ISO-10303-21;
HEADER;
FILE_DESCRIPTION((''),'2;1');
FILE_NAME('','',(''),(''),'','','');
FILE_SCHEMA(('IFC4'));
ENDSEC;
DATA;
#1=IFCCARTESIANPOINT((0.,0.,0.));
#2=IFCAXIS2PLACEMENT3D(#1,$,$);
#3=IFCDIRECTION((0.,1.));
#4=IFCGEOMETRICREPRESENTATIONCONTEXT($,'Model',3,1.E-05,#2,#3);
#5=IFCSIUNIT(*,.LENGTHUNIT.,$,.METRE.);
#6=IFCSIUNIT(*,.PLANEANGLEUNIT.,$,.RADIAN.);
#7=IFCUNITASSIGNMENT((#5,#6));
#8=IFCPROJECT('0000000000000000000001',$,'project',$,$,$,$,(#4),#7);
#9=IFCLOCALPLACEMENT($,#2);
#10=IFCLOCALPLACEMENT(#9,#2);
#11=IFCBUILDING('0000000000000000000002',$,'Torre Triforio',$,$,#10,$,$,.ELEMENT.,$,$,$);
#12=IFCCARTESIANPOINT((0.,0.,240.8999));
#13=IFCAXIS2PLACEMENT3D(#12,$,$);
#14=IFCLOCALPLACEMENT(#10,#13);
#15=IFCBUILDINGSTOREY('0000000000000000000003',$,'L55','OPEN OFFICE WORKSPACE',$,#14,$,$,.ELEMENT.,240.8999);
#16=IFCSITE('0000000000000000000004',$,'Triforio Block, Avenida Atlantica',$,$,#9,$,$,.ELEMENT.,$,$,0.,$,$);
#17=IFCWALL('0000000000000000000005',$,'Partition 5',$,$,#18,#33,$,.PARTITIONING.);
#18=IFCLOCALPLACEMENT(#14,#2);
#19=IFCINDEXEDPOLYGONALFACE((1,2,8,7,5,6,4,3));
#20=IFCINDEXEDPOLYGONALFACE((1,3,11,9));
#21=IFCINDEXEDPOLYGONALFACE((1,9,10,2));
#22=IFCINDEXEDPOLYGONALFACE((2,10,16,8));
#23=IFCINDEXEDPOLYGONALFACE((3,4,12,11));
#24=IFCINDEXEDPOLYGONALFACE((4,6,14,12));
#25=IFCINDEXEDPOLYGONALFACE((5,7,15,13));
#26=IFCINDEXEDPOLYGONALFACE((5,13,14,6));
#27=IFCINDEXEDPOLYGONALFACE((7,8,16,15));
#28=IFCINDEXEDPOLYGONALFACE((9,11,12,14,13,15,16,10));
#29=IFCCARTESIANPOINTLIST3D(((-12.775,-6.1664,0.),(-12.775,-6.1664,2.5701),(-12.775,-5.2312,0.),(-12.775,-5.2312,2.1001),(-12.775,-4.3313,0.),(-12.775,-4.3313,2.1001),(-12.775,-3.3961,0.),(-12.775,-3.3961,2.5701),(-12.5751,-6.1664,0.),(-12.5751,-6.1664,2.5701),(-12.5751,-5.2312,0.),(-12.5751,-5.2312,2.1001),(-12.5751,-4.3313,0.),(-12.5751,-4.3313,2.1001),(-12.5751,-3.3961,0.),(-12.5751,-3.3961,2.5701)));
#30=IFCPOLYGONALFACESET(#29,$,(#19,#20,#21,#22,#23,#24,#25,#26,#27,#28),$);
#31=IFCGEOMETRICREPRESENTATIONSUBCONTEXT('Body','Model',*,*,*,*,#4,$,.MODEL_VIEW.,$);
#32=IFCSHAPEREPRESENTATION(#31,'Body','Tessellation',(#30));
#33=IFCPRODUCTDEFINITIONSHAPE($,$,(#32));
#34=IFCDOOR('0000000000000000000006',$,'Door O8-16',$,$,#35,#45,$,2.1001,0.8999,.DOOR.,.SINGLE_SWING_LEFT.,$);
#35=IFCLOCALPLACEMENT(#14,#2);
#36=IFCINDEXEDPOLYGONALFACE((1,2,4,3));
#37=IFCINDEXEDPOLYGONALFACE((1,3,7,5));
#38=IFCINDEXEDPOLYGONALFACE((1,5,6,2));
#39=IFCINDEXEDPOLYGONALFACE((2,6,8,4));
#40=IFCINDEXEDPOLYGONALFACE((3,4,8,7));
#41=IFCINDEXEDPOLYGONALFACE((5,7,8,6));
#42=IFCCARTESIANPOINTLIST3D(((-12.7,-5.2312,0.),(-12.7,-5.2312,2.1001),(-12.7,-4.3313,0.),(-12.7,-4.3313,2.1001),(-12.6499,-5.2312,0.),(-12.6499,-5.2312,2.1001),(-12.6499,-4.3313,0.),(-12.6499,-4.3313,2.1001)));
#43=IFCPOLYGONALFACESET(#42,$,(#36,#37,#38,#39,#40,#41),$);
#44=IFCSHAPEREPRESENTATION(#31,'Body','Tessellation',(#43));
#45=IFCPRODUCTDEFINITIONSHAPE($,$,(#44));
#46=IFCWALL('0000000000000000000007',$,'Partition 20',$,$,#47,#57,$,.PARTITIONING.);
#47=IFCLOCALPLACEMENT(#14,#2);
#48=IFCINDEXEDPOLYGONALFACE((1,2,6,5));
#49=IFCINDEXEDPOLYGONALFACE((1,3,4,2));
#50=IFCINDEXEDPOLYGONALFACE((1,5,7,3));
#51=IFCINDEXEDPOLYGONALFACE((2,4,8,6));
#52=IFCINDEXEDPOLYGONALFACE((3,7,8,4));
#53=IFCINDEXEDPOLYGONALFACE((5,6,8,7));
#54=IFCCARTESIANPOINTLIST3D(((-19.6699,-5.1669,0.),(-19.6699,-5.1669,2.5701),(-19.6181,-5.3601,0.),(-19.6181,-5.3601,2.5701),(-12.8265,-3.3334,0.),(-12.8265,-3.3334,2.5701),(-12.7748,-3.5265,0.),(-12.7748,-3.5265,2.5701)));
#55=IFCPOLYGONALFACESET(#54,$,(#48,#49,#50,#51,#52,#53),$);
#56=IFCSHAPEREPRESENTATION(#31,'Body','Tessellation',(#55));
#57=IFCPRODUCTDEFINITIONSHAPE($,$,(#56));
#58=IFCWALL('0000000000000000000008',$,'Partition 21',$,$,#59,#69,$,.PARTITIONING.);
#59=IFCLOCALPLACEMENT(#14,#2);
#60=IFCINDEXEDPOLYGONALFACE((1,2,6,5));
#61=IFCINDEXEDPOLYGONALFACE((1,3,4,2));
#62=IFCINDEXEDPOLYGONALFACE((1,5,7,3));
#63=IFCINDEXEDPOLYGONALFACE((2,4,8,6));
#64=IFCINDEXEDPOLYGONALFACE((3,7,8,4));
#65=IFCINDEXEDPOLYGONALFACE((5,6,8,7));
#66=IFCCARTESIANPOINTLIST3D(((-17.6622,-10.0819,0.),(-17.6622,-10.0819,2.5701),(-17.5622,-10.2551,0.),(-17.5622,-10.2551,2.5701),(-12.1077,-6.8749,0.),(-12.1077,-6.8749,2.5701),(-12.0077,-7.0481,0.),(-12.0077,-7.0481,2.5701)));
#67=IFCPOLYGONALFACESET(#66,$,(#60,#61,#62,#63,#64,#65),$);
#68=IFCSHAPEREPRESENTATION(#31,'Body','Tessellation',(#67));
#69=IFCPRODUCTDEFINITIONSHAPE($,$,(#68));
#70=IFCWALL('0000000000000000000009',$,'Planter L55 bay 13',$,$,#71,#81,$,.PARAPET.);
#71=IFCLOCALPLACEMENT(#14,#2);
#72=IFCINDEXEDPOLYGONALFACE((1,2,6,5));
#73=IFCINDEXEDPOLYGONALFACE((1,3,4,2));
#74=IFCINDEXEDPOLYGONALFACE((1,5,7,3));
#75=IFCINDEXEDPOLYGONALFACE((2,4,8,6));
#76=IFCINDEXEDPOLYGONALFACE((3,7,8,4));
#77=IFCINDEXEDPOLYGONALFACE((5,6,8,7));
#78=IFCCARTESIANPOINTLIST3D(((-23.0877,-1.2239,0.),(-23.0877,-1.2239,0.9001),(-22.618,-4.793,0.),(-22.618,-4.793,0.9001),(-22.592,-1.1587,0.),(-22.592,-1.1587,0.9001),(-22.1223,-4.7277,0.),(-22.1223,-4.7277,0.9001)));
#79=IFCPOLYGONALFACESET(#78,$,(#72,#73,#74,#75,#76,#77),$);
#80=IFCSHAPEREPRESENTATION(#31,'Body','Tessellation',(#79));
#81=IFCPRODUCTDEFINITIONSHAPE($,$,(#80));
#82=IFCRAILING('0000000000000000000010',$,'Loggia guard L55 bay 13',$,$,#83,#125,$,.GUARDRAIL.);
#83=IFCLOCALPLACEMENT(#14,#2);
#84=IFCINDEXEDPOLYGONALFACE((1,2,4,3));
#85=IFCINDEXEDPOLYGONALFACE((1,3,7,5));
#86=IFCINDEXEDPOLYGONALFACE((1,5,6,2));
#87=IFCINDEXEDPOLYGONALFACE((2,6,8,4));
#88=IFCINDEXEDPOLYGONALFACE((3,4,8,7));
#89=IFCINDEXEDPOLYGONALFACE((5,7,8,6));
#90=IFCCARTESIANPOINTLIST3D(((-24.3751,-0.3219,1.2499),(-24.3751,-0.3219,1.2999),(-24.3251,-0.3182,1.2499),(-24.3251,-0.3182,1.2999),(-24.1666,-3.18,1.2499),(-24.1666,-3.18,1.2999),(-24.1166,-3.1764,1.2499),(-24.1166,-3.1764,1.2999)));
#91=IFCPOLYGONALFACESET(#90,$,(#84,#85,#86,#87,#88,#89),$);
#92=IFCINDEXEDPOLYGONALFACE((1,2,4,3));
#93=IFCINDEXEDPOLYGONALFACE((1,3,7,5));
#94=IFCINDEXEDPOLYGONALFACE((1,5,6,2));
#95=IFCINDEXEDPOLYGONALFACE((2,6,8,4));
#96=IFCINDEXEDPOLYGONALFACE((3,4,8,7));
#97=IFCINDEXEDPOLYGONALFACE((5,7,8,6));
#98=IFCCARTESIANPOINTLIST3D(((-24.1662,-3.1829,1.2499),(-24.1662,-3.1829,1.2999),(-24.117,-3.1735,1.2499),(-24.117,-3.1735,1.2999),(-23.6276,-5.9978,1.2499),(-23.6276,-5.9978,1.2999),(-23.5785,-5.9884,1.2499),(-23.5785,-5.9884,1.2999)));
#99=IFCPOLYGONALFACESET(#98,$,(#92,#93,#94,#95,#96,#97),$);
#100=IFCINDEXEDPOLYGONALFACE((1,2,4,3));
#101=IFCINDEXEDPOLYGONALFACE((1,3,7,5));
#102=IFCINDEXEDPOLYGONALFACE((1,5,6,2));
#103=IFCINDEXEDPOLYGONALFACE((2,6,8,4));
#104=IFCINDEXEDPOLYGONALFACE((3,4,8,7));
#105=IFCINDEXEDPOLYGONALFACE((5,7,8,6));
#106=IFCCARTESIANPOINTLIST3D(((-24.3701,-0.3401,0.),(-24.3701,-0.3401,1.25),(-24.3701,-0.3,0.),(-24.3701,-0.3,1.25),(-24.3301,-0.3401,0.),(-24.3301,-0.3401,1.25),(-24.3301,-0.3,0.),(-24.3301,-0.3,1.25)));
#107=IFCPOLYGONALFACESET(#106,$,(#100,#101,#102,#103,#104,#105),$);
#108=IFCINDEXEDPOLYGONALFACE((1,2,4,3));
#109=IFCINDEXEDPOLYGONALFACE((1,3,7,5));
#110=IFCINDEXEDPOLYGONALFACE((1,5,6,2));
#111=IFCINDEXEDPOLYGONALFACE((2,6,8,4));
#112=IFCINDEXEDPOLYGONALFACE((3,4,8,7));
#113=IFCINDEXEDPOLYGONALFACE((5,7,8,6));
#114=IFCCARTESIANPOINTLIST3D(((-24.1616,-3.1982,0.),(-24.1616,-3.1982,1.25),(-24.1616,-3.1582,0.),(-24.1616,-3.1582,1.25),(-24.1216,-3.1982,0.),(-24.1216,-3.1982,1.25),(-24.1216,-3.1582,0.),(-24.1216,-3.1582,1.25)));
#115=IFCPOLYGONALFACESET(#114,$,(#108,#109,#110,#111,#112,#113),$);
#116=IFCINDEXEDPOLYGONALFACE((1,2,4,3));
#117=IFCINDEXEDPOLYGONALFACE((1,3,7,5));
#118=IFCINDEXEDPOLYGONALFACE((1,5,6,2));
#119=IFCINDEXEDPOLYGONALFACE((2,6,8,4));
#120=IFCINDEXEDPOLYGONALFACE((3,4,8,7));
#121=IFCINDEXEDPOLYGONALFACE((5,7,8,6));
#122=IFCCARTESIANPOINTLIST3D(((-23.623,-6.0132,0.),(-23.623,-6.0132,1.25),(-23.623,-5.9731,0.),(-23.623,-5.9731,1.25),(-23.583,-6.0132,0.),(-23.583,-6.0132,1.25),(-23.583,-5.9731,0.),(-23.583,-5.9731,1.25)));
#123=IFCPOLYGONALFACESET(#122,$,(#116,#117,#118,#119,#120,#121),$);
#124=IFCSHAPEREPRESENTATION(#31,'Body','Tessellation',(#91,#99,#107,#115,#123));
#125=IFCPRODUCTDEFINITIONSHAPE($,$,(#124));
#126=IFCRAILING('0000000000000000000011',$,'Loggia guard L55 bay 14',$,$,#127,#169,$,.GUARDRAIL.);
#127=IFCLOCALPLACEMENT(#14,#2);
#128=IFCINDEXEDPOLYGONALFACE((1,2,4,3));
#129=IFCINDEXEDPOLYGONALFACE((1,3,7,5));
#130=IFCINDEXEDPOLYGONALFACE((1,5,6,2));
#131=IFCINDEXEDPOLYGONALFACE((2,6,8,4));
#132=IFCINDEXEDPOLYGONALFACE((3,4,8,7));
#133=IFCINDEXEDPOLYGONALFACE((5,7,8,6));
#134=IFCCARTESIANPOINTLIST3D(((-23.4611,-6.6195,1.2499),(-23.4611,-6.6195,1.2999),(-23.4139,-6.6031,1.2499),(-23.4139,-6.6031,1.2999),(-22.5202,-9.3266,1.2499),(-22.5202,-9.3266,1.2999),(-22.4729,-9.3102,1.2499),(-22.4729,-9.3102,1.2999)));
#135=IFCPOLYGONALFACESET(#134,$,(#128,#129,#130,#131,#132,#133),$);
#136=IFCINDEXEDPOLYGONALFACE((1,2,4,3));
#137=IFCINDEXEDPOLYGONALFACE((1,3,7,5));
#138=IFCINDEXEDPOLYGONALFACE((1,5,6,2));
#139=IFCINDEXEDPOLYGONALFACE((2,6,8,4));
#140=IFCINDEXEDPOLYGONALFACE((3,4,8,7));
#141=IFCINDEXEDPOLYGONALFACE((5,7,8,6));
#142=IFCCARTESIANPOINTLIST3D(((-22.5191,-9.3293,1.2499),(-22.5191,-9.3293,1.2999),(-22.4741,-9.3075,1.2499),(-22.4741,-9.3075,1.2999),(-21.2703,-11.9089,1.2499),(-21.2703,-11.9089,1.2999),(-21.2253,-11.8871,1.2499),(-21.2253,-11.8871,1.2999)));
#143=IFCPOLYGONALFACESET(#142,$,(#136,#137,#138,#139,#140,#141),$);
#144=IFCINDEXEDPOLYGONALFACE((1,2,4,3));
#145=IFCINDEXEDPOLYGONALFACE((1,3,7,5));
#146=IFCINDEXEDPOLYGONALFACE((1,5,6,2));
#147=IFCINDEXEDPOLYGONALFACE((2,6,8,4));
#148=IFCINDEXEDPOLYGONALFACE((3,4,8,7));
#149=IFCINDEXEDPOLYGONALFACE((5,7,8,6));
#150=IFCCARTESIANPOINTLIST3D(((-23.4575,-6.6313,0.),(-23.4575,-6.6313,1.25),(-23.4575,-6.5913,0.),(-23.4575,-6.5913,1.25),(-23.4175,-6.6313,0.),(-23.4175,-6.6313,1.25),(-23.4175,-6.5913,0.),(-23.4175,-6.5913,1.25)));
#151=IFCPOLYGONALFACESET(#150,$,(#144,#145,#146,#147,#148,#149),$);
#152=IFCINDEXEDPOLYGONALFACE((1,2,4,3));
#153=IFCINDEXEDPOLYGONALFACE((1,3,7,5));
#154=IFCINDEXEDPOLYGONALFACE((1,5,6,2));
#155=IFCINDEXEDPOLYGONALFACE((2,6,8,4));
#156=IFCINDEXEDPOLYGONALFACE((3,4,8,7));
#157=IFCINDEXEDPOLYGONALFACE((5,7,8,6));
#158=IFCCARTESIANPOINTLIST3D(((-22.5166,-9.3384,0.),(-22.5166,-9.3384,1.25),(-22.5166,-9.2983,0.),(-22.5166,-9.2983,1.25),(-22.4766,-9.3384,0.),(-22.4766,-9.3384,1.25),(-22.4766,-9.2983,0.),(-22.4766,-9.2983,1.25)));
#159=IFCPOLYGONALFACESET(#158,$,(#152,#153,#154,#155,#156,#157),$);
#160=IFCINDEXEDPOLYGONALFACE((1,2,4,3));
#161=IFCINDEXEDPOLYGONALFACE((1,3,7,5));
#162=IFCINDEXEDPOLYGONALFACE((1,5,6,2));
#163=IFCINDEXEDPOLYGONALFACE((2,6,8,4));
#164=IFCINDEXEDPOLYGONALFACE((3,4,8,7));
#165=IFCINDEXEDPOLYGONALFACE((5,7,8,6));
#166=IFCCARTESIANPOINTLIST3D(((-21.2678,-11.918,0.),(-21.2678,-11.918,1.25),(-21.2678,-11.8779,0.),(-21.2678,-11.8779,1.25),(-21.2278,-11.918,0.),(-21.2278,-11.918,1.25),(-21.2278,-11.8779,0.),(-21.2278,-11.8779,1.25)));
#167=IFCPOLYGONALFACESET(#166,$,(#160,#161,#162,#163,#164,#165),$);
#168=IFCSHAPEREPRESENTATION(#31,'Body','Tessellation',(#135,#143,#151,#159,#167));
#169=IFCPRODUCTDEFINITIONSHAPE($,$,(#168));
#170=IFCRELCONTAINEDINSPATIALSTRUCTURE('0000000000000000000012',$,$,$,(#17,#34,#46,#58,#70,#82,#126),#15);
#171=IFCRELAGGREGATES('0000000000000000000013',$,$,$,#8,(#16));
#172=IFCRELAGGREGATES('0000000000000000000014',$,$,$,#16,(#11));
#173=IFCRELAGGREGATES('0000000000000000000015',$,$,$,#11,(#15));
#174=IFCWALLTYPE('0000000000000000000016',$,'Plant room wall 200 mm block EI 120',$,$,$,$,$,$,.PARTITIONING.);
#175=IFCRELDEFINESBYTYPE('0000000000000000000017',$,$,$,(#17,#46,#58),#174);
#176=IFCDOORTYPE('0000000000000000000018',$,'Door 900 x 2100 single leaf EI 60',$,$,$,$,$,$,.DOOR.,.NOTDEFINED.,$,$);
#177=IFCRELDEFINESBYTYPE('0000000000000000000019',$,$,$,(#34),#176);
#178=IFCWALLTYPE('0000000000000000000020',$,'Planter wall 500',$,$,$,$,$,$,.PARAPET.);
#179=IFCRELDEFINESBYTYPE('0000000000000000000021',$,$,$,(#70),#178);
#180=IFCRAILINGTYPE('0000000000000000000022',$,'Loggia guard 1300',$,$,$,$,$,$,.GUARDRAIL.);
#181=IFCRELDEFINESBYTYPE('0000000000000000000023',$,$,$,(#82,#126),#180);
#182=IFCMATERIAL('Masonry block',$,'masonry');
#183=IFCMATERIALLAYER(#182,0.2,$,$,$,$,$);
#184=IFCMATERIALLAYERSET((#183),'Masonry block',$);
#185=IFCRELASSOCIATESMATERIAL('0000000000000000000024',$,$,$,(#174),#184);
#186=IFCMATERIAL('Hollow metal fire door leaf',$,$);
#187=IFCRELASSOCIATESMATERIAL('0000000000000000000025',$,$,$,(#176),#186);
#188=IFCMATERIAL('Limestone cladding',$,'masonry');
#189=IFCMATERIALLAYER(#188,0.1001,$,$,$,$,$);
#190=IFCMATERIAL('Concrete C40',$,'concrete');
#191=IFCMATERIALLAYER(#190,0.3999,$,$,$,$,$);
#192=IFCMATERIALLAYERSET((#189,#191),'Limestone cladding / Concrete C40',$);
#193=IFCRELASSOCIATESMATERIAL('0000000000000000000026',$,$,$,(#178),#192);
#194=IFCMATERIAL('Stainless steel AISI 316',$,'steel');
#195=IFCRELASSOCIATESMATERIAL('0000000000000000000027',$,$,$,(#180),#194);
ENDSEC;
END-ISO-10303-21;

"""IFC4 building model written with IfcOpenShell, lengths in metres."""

from ifc_helpers import new_model, si_unit, direction, frame, frame_2d, origin, origin_2d, place, context, subcontext, project, spatial, rectangle, extrude, material, layer, layer_set, type_object, element, fill, save


model = new_model("IFC4")

# Units and contexts
model_context = context("Model", 3, precision=1e-05, world=origin(), true_north=direction((0.0, 1.0)))
body_context = subcontext(model_context, "Body", "Model", "MODEL_VIEW")
ifc_project = project(units=[si_unit("LENGTHUNIT", "METRE"), si_unit("PLANEANGLEUNIT", "RADIAN")], contexts=[model_context])

# Site, building, storey
site_placement = place(None, origin())
site = spatial("IfcSite", under=ifc_project, at=site_placement, Name="Triforio Block, Avenida Atlantica", CompositionType="ELEMENT", RefElevation=0.0)
building_placement = place(site_placement, origin())
building = spatial("IfcBuilding", under=site, at=building_placement, Name="Torre Triforio", CompositionType="ELEMENT")
storey_placement = place(building_placement, frame((0.0, 0.0, 240.8999)))
storey = spatial("IfcBuildingStorey", under=building, at=storey_placement, Name="L55", Description="OPEN OFFICE WORKSPACE", CompositionType="ELEMENT", Elevation=240.8999)

# Shared definitions
ifc_material_1 = material(Name="Concrete C40", Category="concrete")

# Shared definitions
ifc_material_2 = material(Name="Hollow metal fire door leaf")

# Shared definitions
ifc_material_3 = material(Name="Masonry block", Category="masonry")
ifc_layer_1 = layer(ifc_material_3, 0.2)
ifc_layer_set_1 = layer_set([ifc_layer_1], Name="Masonry block")
wall_type_1 = type_object("IfcWallType", Name="Plant room wall 200 mm block EI 120", PredefinedType="PARTITIONING", material=ifc_layer_set_1)

# Wall, opening, door
wall_1_placement = place(storey_placement, frame((-12.675, -6.1665, 0.0), z_axis=(0.0, 0.0, 1.0), x_axis=(0.0, 1.0, 0.0)))
wall_1 = element("IfcWall", 1, at=wall_1_placement, inside=storey, type_object=wall_type_1, Name="Partition 5", PredefinedType="PARTITIONING", context=body_context, shape_type="SweptSolid", body=[
    extrude(rectangle(XDim=2.7703, YDim=0.2, at=frame_2d((1.3853, 0.0))), origin(), (0.0, 0.0, 1.0), 2.5701),
])
opening_1_placement = place(wall_1_placement, frame((0.9353, 0.0, 0.0)))
opening_1 = element("IfcOpeningElement", 2, at=opening_1_placement, cuts=wall_1, PredefinedType="OPENING", context=body_context, shape_type="SweptSolid", body=[
    extrude(rectangle(XDim=0.8999, YDim=2.1001, at=frame_2d((0.45, 1.05))), frame((0.0, 0.1099, 0.0), z_axis=(0.0, -1.0, 0.0), x_axis=(1.0, 0.0, 0.0)), (0.0, 0.0, 1.0), 0.22),
])
door_type_1 = type_object("IfcDoorType", Name="Door 900 x 2100 single leaf EI 60", OperationType="NOTDEFINED", PredefinedType="DOOR", material=ifc_material_2)
door_1_placement = place(opening_1_placement, origin())
door_1 = element("IfcDoor", 3, at=door_1_placement, inside=storey, type_object=door_type_1, Name="Door O8-16", OperationType="SINGLE_SWING_LEFT", OverallHeight=2.1001, OverallWidth=0.8999, PredefinedType="DOOR", context=body_context, shape_type="SweptSolid", body=[
    extrude(rectangle(XDim=0.8999, YDim=2.1001, at=frame_2d((0.45, 1.05))), frame((0.0, 0.0249, 0.0), z_axis=(0.0, -1.0, 0.0), x_axis=(1.0, 0.0, 0.0)), (0.0, 0.0, 1.0), 0.05),
])
fill(opening_1, door_1)

# Walls
wall_2_placement = place(storey_placement, frame((-12.8005, -3.4299, 0.0), z_axis=(0.0, 0.0, 1.0), x_axis=(-0.965931, -0.258799, 0.0)))
element("IfcWall", 4, at=wall_2_placement, inside=storey, type_object=wall_type_1, Name="Partition 20", PredefinedType="PARTITIONING", context=body_context, shape_type="SweptSolid", body=[
    extrude(rectangle(XDim=7.0847, YDim=0.2, at=frame_2d((3.5425, 0.0))), origin(), (0.0, 0.0, 1.0), 2.5701),
])
wall_3_placement = place(storey_placement, frame((-12.0576, -6.9614, 0.0), z_axis=(0.0, 0.0, 1.0), x_axis=(-0.866014, -0.50002, 0.0)))
element("IfcWall", 5, at=wall_3_placement, inside=storey, type_object=wall_type_1, Name="Partition 21", PredefinedType="PARTITIONING", context=body_context, shape_type="SweptSolid", body=[
    extrude(rectangle(XDim=6.4138, YDim=0.2, at=frame_2d((3.207, 0.0))), origin(), (0.0, 0.0, 1.0), 2.5701),
])
ifc_material_4 = material(Name="Limestone cladding", Category="masonry")
ifc_layer_2 = layer(ifc_material_4, 0.1001)
ifc_layer_3 = layer(ifc_material_1, 0.3999)
ifc_layer_set_2 = layer_set([ifc_layer_2, ifc_layer_3], Name="Limestone cladding / Concrete C40")
wall_type_2 = type_object("IfcWallType", Name="Planter wall 500", PredefinedType="PARAPET", material=ifc_layer_set_2)
wall_4_placement = place(storey_placement, frame((-22.8398, -1.1914, 0.0), z_axis=(0.0, 0.0, 1.0), x_axis=(0.130484, -0.99145, 0.0)))
element("IfcWall", 6, at=wall_4_placement, inside=storey, type_object=wall_type_2, Name="Planter L55 bay 13", PredefinedType="PARAPET", context=body_context, shape_type="SweptSolid", body=[
    extrude(rectangle(XDim=3.5999, YDim=0.5, at=frame_2d((1.7998, 0.0))), origin(), (0.0, 0.0, 1.0), 0.9001),
])

# Railings
ifc_material_5 = material(Name="Stainless steel AISI 316", Category="steel")
railing_type = type_object("IfcRailingType", Name="Loggia guard 1300", PredefinedType="GUARDRAIL", material=ifc_material_5)
railing_1_placement = place(storey_placement, frame((-24.3501, -0.3201, 0.0)))
element("IfcRailing", 7, at=railing_1_placement, inside=storey, type_object=railing_type, Name="Loggia guard L55 bay 13", PredefinedType="GUARDRAIL", context=body_context, shape_type="SweptSolid", body=[
    extrude(rectangle(XDim=0.05, YDim=0.05, at=origin_2d()), frame((0.0, 0.0, 1.2749), z_axis=(0.072754, -0.99735, 0.0), x_axis=(0.99735, 0.072754, 0.0)), (0.0, 0.0, 1.0), 2.8657),
    extrude(rectangle(XDim=0.05, YDim=0.05, at=origin_2d()), frame((0.2085, -2.8582, 1.2749), z_axis=(0.187918, -0.982185, 0.0), x_axis=(0.982185, 0.187918, 0.0)), (0.0, 0.0, 1.0), 2.866),
    extrude(rectangle(XDim=0.04, YDim=0.04, at=origin_2d()), origin(), (0.0, 0.0, 1.0), 1.25),
    extrude(rectangle(XDim=0.04, YDim=0.04, at=origin_2d()), frame((0.2085, -2.8582, 0.0)), (0.0, 0.0, 1.0), 1.25),
    extrude(rectangle(XDim=0.04, YDim=0.04, at=origin_2d()), frame((0.7471, -5.6731, 0.0)), (0.0, 0.0, 1.0), 1.25),
])
railing_2_placement = place(storey_placement, frame((-23.4375, -6.6113, 0.0)))
element("IfcRailing", 8, at=railing_2_placement, inside=storey, type_object=railing_type, Name="Loggia guard L55 bay 14", PredefinedType="GUARDRAIL", context=body_context, shape_type="SweptSolid", body=[
    extrude(rectangle(XDim=0.05, YDim=0.05, at=origin_2d()), frame((0.0, 0.0, 1.2749), z_axis=(0.328316, -0.944568, 0.0), x_axis=(0.944568, 0.328316, 0.0)), (0.0, 0.0, 1.0), 2.866),
    extrude(rectangle(XDim=0.05, YDim=0.05, at=origin_2d()), frame((0.9409, -2.707, 1.2749), z_axis=(0.435728, -0.900078, 0.0), x_axis=(0.900078, 0.435728, 0.0)), (0.0, 0.0, 1.0), 2.866),
    extrude(rectangle(XDim=0.04, YDim=0.04, at=origin_2d()), origin(), (0.0, 0.0, 1.0), 1.25),
    extrude(rectangle(XDim=0.04, YDim=0.04, at=origin_2d()), frame((0.9409, -2.707, 0.0)), (0.0, 0.0, 1.0), 1.25),
    extrude(rectangle(XDim=0.04, YDim=0.04, at=origin_2d()), frame((2.1897, -5.2866, 0.0)), (0.0, 0.0, 1.0), 1.25),
])

save(model, "model.ifc")
